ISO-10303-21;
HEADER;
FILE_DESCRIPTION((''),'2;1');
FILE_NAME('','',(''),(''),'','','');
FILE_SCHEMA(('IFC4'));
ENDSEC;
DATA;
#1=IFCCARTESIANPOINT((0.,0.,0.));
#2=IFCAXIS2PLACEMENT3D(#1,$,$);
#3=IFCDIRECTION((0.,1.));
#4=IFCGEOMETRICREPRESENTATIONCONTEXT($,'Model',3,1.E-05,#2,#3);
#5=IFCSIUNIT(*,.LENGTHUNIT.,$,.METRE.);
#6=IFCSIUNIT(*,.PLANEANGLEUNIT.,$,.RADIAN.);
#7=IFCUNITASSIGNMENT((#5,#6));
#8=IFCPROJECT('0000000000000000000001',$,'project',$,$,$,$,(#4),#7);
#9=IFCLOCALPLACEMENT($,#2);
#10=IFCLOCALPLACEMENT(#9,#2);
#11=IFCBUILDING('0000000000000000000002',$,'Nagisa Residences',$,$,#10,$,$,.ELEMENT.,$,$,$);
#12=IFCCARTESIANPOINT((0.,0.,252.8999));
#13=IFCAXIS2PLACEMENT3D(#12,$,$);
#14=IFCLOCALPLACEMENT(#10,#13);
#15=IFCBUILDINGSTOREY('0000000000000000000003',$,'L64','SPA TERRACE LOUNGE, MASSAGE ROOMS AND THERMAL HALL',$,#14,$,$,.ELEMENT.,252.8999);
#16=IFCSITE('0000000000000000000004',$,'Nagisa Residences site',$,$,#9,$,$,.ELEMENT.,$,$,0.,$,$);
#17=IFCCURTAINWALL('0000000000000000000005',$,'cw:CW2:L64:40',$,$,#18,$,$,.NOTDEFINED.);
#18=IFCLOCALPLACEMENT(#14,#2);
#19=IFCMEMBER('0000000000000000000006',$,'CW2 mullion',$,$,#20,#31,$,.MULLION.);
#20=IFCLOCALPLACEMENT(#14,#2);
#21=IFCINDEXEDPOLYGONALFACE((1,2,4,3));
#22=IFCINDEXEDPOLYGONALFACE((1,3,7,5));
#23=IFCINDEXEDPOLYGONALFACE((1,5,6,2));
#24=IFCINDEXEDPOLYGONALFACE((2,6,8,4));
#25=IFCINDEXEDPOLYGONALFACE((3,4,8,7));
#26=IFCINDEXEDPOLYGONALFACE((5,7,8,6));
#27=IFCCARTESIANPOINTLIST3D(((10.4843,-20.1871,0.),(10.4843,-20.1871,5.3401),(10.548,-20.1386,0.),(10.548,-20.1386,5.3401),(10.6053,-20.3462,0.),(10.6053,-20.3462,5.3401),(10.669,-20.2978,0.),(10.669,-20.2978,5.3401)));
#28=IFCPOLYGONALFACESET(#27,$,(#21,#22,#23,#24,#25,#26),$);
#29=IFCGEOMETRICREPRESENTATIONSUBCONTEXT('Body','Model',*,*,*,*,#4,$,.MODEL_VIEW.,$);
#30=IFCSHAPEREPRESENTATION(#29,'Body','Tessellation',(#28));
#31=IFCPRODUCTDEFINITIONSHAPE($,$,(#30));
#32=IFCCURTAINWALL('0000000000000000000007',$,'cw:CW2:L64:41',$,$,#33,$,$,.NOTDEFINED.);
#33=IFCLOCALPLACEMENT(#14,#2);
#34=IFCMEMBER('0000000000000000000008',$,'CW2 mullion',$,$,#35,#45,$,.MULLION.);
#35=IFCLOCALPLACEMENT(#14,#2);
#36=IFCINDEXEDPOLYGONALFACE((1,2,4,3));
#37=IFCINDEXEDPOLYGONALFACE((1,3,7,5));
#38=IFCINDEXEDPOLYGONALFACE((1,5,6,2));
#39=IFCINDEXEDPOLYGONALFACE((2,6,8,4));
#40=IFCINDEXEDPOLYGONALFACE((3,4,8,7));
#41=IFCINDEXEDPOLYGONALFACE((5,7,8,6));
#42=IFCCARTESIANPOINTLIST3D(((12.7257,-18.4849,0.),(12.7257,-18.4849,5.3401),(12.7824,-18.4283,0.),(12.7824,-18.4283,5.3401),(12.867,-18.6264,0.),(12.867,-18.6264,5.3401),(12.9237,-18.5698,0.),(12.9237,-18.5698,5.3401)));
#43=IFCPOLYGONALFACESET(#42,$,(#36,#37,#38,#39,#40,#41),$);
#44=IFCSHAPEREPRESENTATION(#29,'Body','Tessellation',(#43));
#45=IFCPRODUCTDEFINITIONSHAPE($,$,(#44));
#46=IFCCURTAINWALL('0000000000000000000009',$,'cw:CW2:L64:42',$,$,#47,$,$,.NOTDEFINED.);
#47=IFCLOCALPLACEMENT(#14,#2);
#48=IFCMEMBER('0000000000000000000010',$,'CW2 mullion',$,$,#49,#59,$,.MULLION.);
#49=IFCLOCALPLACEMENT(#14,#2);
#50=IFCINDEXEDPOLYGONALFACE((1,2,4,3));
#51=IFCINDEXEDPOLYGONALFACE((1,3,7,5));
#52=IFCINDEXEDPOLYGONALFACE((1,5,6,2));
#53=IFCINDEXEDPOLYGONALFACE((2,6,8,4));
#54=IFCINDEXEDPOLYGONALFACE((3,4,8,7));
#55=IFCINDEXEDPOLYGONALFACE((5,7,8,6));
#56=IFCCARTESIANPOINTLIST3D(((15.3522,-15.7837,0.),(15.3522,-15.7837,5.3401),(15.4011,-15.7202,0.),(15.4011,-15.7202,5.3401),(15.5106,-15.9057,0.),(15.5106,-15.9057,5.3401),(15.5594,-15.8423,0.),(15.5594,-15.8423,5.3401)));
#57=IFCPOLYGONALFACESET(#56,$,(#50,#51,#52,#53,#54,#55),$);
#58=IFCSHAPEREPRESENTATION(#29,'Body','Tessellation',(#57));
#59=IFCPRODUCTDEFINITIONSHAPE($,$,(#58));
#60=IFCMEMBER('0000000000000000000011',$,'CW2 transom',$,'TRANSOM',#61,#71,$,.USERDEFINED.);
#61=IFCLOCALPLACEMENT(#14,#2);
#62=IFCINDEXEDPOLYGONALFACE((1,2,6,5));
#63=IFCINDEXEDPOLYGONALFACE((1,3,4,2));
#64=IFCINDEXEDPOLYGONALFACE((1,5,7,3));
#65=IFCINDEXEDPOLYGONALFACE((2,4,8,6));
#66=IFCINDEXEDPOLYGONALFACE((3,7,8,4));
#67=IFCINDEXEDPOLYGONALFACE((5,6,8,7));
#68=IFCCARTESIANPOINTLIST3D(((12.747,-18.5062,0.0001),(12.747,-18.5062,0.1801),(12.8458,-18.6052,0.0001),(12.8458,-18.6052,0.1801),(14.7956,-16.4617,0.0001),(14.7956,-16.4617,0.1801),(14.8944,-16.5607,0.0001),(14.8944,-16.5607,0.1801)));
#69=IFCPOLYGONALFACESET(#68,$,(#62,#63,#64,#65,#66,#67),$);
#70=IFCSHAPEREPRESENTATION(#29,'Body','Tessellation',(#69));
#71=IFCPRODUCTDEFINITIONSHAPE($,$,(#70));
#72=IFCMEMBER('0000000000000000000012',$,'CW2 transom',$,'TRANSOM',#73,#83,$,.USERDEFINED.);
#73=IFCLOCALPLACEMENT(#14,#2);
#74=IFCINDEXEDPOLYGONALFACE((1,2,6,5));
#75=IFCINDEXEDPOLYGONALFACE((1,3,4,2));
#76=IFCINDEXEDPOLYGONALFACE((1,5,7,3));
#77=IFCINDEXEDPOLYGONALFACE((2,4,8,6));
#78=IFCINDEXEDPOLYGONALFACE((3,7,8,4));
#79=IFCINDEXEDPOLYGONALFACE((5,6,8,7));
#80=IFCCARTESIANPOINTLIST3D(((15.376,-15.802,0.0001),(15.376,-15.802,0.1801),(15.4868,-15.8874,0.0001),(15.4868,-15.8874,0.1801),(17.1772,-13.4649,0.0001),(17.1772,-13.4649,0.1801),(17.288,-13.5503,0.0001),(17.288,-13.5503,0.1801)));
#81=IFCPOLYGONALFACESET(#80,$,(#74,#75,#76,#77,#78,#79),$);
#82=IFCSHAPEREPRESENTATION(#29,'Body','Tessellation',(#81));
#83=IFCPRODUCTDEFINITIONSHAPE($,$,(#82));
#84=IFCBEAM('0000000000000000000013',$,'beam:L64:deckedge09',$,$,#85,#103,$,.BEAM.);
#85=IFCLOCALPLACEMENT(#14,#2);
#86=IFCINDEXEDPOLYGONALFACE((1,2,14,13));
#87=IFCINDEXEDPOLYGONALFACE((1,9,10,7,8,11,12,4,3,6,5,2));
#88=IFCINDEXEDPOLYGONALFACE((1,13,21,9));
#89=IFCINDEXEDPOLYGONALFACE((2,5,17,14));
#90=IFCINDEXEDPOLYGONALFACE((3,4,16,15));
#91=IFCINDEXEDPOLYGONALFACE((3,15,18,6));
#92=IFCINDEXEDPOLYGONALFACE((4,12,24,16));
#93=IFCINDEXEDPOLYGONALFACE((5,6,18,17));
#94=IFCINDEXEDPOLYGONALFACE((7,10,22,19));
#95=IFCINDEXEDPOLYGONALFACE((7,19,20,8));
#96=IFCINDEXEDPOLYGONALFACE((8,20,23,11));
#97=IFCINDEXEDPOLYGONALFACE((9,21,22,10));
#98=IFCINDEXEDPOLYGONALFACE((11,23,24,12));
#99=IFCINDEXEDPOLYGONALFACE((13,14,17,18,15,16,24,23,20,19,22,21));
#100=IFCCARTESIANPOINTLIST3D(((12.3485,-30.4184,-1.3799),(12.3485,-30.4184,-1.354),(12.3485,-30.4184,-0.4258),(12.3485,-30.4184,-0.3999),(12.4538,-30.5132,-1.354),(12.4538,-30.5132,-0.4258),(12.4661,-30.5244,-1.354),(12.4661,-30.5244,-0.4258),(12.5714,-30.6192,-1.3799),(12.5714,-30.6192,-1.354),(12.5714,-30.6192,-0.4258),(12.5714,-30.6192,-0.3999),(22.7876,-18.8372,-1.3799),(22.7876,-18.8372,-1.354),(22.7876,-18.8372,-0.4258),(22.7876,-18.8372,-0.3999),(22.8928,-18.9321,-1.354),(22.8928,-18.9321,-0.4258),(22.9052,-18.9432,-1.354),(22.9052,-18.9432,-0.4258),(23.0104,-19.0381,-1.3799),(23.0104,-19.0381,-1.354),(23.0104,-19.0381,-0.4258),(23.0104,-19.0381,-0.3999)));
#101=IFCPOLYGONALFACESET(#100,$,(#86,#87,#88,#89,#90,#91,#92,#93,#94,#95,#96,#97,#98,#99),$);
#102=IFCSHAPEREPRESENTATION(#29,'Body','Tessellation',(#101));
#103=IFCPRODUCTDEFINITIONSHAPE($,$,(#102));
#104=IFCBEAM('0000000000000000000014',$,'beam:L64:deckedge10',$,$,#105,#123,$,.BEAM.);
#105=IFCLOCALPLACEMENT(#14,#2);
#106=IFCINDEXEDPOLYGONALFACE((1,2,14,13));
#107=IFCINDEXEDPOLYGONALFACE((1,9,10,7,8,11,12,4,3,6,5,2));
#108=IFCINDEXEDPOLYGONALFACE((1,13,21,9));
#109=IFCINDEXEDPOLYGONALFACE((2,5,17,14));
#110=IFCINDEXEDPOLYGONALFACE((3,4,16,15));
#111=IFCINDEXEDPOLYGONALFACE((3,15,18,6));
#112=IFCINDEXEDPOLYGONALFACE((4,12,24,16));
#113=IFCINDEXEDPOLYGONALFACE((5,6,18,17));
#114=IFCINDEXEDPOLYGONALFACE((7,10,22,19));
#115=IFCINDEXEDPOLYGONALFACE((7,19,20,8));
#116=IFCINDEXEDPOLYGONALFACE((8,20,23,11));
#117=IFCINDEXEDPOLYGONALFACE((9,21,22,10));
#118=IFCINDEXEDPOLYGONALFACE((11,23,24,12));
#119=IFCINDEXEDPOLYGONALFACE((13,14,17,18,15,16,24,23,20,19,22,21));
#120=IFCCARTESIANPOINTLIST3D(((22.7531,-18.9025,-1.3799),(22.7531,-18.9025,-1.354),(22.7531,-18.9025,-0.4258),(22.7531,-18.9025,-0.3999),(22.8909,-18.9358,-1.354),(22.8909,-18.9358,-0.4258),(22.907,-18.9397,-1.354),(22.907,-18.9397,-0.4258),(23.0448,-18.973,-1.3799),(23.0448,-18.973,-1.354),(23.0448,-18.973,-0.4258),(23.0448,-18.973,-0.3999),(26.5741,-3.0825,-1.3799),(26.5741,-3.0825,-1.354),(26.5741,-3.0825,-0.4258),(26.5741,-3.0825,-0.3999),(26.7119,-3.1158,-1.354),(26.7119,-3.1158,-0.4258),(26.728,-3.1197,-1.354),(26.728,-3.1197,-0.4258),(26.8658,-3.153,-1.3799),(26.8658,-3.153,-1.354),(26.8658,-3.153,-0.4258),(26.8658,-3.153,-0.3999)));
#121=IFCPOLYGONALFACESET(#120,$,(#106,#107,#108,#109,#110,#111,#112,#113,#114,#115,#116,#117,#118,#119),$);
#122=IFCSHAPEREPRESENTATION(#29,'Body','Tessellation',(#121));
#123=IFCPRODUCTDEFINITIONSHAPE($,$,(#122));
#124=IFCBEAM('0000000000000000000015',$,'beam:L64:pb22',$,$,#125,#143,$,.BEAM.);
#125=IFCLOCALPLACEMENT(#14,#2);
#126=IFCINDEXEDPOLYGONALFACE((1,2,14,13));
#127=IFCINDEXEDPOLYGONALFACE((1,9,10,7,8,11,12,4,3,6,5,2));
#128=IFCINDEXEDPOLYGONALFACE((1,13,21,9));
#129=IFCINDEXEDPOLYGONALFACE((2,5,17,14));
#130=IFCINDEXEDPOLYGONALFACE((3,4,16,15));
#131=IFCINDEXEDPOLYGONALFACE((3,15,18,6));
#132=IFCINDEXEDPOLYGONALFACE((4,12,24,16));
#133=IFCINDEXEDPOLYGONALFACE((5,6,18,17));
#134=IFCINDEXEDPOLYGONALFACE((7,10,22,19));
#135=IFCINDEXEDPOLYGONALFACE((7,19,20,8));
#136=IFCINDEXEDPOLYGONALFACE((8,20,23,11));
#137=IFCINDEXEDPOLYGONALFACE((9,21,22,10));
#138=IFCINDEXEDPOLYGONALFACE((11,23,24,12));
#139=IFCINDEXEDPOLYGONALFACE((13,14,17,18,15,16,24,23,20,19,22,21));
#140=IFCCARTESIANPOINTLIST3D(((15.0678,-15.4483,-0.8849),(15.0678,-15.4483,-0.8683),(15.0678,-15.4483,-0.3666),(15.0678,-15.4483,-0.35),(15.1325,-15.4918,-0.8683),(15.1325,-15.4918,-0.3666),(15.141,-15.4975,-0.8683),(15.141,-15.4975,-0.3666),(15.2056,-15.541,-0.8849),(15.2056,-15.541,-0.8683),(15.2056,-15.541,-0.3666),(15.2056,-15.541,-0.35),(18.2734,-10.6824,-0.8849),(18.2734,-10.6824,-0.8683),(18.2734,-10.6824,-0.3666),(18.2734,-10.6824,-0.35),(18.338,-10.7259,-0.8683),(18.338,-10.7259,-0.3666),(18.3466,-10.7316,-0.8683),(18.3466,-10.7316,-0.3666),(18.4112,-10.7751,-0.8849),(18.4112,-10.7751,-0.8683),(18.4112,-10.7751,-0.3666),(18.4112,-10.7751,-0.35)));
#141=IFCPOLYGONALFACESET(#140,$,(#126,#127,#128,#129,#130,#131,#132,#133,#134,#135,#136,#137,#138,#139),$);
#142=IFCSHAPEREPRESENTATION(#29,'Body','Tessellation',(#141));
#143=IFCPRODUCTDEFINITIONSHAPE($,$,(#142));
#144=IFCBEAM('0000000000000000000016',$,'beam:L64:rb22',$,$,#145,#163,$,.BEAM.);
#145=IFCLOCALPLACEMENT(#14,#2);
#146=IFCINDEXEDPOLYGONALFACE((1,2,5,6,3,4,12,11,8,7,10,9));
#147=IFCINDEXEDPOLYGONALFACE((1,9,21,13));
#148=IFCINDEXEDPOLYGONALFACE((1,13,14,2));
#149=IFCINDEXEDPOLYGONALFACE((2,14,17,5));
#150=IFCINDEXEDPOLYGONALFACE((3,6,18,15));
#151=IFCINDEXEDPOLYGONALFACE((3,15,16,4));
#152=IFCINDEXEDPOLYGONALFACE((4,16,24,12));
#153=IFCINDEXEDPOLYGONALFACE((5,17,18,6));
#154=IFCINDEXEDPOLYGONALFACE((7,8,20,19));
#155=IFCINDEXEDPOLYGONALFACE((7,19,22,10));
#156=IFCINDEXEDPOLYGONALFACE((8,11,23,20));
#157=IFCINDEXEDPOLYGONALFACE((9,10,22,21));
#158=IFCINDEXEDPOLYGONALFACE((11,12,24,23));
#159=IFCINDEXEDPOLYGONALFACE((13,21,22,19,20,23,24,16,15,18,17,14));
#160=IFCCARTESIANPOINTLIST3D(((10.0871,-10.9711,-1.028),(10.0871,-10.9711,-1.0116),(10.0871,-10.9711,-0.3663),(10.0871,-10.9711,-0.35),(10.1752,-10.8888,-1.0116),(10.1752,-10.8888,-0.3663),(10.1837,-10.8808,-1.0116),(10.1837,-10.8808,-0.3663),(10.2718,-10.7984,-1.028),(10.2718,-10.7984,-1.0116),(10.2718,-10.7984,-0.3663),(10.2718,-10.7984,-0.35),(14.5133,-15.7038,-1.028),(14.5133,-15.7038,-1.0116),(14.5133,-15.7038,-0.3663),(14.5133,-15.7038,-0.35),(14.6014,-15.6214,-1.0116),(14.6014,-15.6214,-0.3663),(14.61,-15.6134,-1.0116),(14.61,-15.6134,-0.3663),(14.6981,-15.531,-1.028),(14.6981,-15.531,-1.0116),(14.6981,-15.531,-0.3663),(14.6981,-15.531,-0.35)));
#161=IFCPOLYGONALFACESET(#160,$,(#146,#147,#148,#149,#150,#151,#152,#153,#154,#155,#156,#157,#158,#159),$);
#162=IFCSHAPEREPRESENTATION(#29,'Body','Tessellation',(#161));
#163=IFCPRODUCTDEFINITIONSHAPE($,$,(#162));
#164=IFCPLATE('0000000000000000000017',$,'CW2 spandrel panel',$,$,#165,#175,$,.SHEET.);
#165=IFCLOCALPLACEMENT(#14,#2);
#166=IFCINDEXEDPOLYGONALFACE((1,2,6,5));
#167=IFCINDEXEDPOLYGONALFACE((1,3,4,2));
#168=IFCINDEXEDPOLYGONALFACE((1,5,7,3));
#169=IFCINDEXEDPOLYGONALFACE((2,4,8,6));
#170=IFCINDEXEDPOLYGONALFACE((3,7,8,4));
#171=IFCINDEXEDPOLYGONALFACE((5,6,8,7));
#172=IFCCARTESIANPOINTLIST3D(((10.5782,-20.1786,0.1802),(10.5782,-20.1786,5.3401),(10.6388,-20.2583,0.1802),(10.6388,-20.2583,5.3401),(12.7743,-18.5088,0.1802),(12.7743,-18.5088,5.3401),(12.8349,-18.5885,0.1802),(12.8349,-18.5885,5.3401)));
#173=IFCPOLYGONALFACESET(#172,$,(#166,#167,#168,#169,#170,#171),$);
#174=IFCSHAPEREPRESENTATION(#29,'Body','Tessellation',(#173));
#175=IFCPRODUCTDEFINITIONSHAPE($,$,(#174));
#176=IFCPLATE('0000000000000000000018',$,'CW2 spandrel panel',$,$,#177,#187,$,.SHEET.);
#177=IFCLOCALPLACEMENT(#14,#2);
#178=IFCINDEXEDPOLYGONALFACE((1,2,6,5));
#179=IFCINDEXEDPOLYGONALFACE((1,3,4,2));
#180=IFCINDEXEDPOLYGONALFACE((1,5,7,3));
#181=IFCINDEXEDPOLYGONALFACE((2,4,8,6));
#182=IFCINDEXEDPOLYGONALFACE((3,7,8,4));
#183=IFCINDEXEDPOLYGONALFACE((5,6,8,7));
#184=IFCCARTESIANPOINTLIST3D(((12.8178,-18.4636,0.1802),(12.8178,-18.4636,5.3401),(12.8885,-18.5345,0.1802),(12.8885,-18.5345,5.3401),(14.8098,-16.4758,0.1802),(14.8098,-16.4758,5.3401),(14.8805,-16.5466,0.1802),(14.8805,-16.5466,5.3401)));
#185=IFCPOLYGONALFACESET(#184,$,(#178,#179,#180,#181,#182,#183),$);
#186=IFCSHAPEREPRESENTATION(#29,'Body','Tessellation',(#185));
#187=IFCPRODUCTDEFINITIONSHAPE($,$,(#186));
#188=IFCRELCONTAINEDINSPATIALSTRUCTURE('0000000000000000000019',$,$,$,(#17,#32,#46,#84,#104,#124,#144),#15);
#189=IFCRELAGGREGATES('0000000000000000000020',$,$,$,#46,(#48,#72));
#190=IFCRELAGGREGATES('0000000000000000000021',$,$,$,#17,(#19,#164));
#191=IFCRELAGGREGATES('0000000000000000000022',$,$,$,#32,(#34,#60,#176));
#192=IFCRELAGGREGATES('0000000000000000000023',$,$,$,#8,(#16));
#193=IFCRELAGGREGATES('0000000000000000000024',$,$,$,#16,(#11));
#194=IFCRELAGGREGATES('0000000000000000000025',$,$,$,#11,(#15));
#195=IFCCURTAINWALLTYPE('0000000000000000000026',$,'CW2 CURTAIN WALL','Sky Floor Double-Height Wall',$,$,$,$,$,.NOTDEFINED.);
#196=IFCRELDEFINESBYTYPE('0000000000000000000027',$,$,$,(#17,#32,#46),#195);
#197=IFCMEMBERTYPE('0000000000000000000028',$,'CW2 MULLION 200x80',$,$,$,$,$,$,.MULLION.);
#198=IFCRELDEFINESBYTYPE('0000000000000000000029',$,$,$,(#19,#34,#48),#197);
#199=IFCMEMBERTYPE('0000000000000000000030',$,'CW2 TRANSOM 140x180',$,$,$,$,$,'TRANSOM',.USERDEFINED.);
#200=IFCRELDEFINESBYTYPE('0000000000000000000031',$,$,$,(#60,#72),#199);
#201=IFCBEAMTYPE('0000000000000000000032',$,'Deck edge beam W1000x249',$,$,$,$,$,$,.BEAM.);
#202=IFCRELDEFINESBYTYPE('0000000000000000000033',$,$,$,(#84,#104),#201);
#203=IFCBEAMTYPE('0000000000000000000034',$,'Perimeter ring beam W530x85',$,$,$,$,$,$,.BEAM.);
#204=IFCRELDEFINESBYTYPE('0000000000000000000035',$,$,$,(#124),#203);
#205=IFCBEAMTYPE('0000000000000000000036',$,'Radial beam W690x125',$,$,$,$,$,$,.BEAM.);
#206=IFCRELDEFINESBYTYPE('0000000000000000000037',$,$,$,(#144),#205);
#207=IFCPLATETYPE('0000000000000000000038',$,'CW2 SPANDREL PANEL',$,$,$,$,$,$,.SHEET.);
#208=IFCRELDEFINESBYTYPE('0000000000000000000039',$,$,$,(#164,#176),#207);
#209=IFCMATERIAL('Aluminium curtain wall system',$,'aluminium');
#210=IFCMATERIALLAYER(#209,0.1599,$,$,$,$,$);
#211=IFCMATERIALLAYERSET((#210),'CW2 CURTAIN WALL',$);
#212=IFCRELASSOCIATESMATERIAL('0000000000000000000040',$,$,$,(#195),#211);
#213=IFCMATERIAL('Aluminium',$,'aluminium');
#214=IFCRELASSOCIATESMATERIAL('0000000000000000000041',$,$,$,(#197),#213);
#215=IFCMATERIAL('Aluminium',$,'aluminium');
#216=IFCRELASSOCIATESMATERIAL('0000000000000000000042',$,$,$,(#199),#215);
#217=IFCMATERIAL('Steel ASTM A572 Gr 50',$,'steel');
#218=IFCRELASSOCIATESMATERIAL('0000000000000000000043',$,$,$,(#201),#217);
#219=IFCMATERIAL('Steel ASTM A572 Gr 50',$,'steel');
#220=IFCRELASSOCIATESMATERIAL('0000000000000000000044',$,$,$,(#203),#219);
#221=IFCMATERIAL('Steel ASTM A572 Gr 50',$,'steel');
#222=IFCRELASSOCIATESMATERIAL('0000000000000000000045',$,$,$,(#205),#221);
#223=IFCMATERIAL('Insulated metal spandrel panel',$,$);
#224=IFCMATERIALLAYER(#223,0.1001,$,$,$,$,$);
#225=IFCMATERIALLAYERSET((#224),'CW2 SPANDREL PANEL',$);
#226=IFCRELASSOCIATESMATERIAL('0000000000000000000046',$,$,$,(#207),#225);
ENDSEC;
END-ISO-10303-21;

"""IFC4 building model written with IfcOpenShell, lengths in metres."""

from ifc_helpers import new_model, si_unit, direction, frame, origin, origin_2d, place, context, subcontext, project, spatial, rectangle, i_section, extrude, material, layer, layer_set, material_profile, profile_set, type_object, element, aggregate, save


model = new_model("IFC4")

# Units and contexts
model_context = context("Model", 3, precision=1e-05, world=origin(), true_north=direction((0.0, 1.0)))
body_context = subcontext(model_context, "Body", "Model", "MODEL_VIEW")
ifc_project = project(units=[si_unit("LENGTHUNIT", "METRE"), si_unit("PLANEANGLEUNIT", "RADIAN")], contexts=[model_context])

# Site, building, storey
site_placement = place(None, origin())
site = spatial("IfcSite", under=ifc_project, at=site_placement, Name="Nagisa Residences site", CompositionType="ELEMENT", RefElevation=0.0)
building_placement = place(site_placement, origin())
building = spatial("IfcBuilding", under=site, at=building_placement, Name="Nagisa Residences", CompositionType="ELEMENT")
storey_placement = place(building_placement, frame((0.0, 0.0, 252.8999)))
storey = spatial("IfcBuildingStorey", under=building, at=storey_placement, Name="L64", Description="SPA TERRACE LOUNGE, MASSAGE ROOMS AND THERMAL HALL", CompositionType="ELEMENT", Elevation=252.8999)

# Curtain walls, members
ifc_material_1 = material(Name="Aluminium curtain wall system", Category="aluminium")
ifc_layer_1 = layer(ifc_material_1, 0.1599)
ifc_layer_set_1 = layer_set([ifc_layer_1], Name="CW2 CURTAIN WALL")
curtain_wall_type = type_object("IfcCurtainWallType", Name="CW2 CURTAIN WALL", Description="Sky Floor Double-Height Wall", PredefinedType="NOTDEFINED", material=ifc_layer_set_1)
curtain_wall_1_placement = place(storey_placement, origin())
curtain_wall_1 = element("IfcCurtainWall", 1, at=curtain_wall_1_placement, inside=storey, type_object=curtain_wall_type, Name="cw:CW2:L64:40", PredefinedType="NOTDEFINED")
ifc_material_2 = material(Name="Aluminium", Category="aluminium")
ifc_material_profile_1 = material_profile(ifc_material_2, rectangle(XDim=0.2, YDim=0.0801, at=origin_2d()), Name="CW2 MULLION 200x80")
ifc_profile_set_1 = profile_set([ifc_material_profile_1], Name="Aluminium")
member_type_1 = type_object("IfcMemberType", Name="CW2 MULLION 200x80", PredefinedType="MULLION", material=ifc_profile_set_1)
member_1_placement = place(storey_placement, frame((10.5767, -20.2424, 0.0), z_axis=(0.0, 0.0, 1.0), x_axis=(-0.605255, 0.796031, 0.0)))
member_1 = element("IfcMember", 2, at=member_1_placement, type_object=member_type_1, Name="CW2 mullion", PredefinedType="MULLION", context=body_context, shape_type="SweptSolid", body=[
    extrude(rectangle(XDim=0.2, YDim=0.0801, at=origin_2d()), origin(), (0.0, 0.0, 1.0), 5.3401),
])
curtain_wall_2_placement = place(storey_placement, origin())
curtain_wall_2 = element("IfcCurtainWall", 3, at=curtain_wall_2_placement, inside=storey, type_object=curtain_wall_type, Name="cw:CW2:L64:41", PredefinedType="NOTDEFINED")
member_2_placement = place(storey_placement, frame((12.8247, -18.5273, 0.0), z_axis=(0.0, 0.0, 1.0), x_axis=(-0.706377, 0.707836, 0.0)))
member_2 = element("IfcMember", 4, at=member_2_placement, type_object=member_type_1, Name="CW2 mullion", PredefinedType="MULLION", context=body_context, shape_type="SweptSolid", body=[
    extrude(rectangle(XDim=0.2, YDim=0.0801, at=origin_2d()), origin(), (0.0, 0.0, 1.0), 5.3401),
])
curtain_wall_3_placement = place(storey_placement, origin())
curtain_wall_3 = element("IfcCurtainWall", 5, at=curtain_wall_3_placement, inside=storey, type_object=curtain_wall_type, Name="cw:CW2:L64:42", PredefinedType="NOTDEFINED")
member_3_placement = place(storey_placement, frame((15.4558, -15.813, 0.0), z_axis=(0.0, 0.0, 1.0), x_axis=(-0.79207, 0.61043, 0.0)))
member_3 = element("IfcMember", 6, at=member_3_placement, type_object=member_type_1, Name="CW2 mullion", PredefinedType="MULLION", context=body_context, shape_type="SweptSolid", body=[
    extrude(rectangle(XDim=0.2, YDim=0.0801, at=origin_2d()), origin(), (0.0, 0.0, 1.0), 5.3401),
])

# Members
ifc_material_3 = material(Name="Aluminium", Category="aluminium")
ifc_material_profile_2 = material_profile(ifc_material_3, rectangle(XDim=0.1399, YDim=0.1799, at=origin_2d()), Name="CW2 TRANSOM 140x180")
ifc_profile_set_2 = profile_set([ifc_material_profile_2], Name="Aluminium")
member_type_2 = type_object("IfcMemberType", Name="CW2 TRANSOM 140x180", ElementType="TRANSOM", PredefinedType="USERDEFINED", material=ifc_profile_set_2)
member_4_placement = place(storey_placement, frame((12.7964, -18.5557, 0.0901), z_axis=(0.707823, 0.706389, 0.0), x_axis=(-0.706389, 0.707823, 0.0)))
member_4 = element("IfcMember", 7, at=member_4_placement, type_object=member_type_2, Name="CW2 transom", ObjectType="TRANSOM", PredefinedType="USERDEFINED", context=body_context, shape_type="SweptSolid", body=[
    extrude(rectangle(XDim=0.1399, YDim=0.1799, at=origin_2d()), origin(), (0.0, 0.0, 1.0), 2.8943),
])
member_5_placement = place(storey_placement, frame((15.4314, -15.8447, 0.0901), z_axis=(0.610446, 0.792058, 0.0), x_axis=(-0.792058, 0.610446, 0.0)))
member_5 = element("IfcMember", 8, at=member_5_placement, type_object=member_type_2, Name="CW2 transom", ObjectType="TRANSOM", PredefinedType="USERDEFINED", context=body_context, shape_type="SweptSolid", body=[
    extrude(rectangle(XDim=0.1399, YDim=0.1799, at=origin_2d()), origin(), (0.0, 0.0, 1.0), 2.9507),
])
aggregate(curtain_wall_3, [member_3, member_5])

# Beams
ifc_material_4 = material(Name="Steel ASTM A572 Gr 50", Category="steel")
ifc_material_profile_3 = material_profile(ifc_material_4, i_section(OverallWidth=0.3, OverallDepth=0.98, WebThickness=0.0166, FlangeThickness=0.0259, at=origin_2d()), Name="W1000x249")
ifc_profile_set_3 = profile_set([ifc_material_profile_3], Name="Steel ASTM A572 Gr 50")
beam_type_1 = type_object("IfcBeamType", Name="Deck edge beam W1000x249", PredefinedType="BEAM", material=ifc_profile_set_3)
beam_1_placement = place(storey_placement, frame((12.46, -30.5188, -0.8899), z_axis=(0.669532, 0.742783, 0.0), x_axis=(-0.742783, 0.669532, 0.0)))
element("IfcBeam", 9, at=beam_1_placement, inside=storey, type_object=beam_type_1, Name="beam:L64:deckedge09", PredefinedType="BEAM", context=body_context, shape_type="SweptSolid", body=[
    extrude(i_section(OverallWidth=0.3, OverallDepth=0.98, WebThickness=0.0166, FlangeThickness=0.0259, at=origin_2d()), origin(), (0.0, 0.0, 1.0), 15.5916),
])
beam_2_placement = place(storey_placement, frame((22.8989, -18.9377, -0.8899), z_axis=(0.23478, 0.972048, 0.0), x_axis=(-0.972048, 0.23478, 0.0)))
element("IfcBeam", 10, at=beam_2_placement, inside=storey, type_object=beam_type_1, Name="beam:L64:deckedge10", PredefinedType="BEAM", context=body_context, shape_type="SweptSolid", body=[
    extrude(i_section(OverallWidth=0.3, OverallDepth=0.98, WebThickness=0.0166, FlangeThickness=0.0259, at=origin_2d()), origin(), (0.0, 0.0, 1.0), 16.2749),
])
ifc_material_5 = material(Name="Steel ASTM A572 Gr 50", Category="steel")
ifc_material_profile_4 = material_profile(ifc_material_5, i_section(OverallWidth=0.166, OverallDepth=0.5349, WebThickness=0.0103, FlangeThickness=0.0166, at=origin_2d()), Name="W530x85")
ifc_profile_set_4 = profile_set([ifc_material_profile_4], Name="Steel ASTM A572 Gr 50")
beam_type_2 = type_object("IfcBeamType", Name="Perimeter ring beam W530x85", PredefinedType="BEAM", material=ifc_profile_set_4)
beam_3_placement = place(storey_placement, frame((15.1367, -15.4946, -0.6174), z_axis=(0.558109, 0.829768, 0.0), x_axis=(-0.829768, 0.558109, 0.0)))
element("IfcBeam", 11, at=beam_3_placement, inside=storey, type_object=beam_type_2, Name="beam:L64:pb22", PredefinedType="BEAM", context=body_context, shape_type="SweptSolid", body=[
    extrude(i_section(OverallWidth=0.166, OverallDepth=0.5349, WebThickness=0.0103, FlangeThickness=0.0166, at=origin_2d()), origin(), (0.0, 0.0, 1.0), 5.7437),
])
ifc_material_6 = material(Name="Steel ASTM A572 Gr 50", Category="steel")
ifc_material_profile_5 = material_profile(ifc_material_6, i_section(OverallWidth=0.2529, OverallDepth=0.678, WebThickness=0.0117, FlangeThickness=0.0164, at=origin_2d()), Name="W690x125")
ifc_profile_set_5 = profile_set([ifc_material_profile_5], Name="Steel ASTM A572 Gr 50")
beam_type_3 = type_object("IfcBeamType", Name="Radial beam W690x125", PredefinedType="BEAM", material=ifc_profile_set_5)
beam_4_placement = place(storey_placement, frame((14.6057, -15.6174, -0.689), z_axis=(-0.68307, 0.730353, 0.0), x_axis=(-0.730353, -0.68307, 0.0)))
element("IfcBeam", 12, at=beam_4_placement, inside=storey, type_object=beam_type_3, Name="beam:L64:rb22", PredefinedType="BEAM", context=body_context, shape_type="SweptSolid", body=[
    extrude(i_section(OverallWidth=0.2529, OverallDepth=0.678, WebThickness=0.0117, FlangeThickness=0.0164, at=origin_2d()), origin(), (0.0, 0.0, 1.0), 6.48),
])

# Plates
ifc_material_7 = material(Name="Insulated metal spandrel panel")
ifc_layer_2 = layer(ifc_material_7, 0.1001)
ifc_layer_set_2 = layer_set([ifc_layer_2], Name="CW2 SPANDREL PANEL")
plate_type = type_object("IfcPlateType", Name="CW2 SPANDREL PANEL", PredefinedType="SHEET", material=ifc_layer_set_2)
plate_1_placement = place(storey_placement, frame((11.7065, -19.3835, 0.1802), z_axis=(0.0, 0.0, 1.0), x_axis=(0.796031, 0.605255, 0.0)))
plate_1 = element("IfcPlate", 13, at=plate_1_placement, type_object=plate_type, Name="CW2 spandrel panel", PredefinedType="SHEET", context=body_context, shape_type="SweptSolid", body=[
    extrude(rectangle(XDim=2.7588, YDim=0.1001, at=origin_2d()), origin(), (0.0, 0.0, 1.0), 5.1599),
])
aggregate(curtain_wall_1, [member_1, plate_1])
plate_2_placement = place(storey_placement, frame((13.8491, -17.5051, 0.1802), z_axis=(0.0, 0.0, 1.0), x_axis=(0.707836, 0.706377, 0.0)))
plate_2 = element("IfcPlate", 14, at=plate_2_placement, type_object=plate_type, Name="CW2 spandrel panel", PredefinedType="SHEET", context=body_context, shape_type="SweptSolid", body=[
    extrude(rectangle(XDim=2.8142, YDim=0.1001, at=origin_2d()), origin(), (0.0, 0.0, 1.0), 5.1599),
])
aggregate(curtain_wall_2, [member_2, member_4, plate_2])

save(model, "model.ifc")
